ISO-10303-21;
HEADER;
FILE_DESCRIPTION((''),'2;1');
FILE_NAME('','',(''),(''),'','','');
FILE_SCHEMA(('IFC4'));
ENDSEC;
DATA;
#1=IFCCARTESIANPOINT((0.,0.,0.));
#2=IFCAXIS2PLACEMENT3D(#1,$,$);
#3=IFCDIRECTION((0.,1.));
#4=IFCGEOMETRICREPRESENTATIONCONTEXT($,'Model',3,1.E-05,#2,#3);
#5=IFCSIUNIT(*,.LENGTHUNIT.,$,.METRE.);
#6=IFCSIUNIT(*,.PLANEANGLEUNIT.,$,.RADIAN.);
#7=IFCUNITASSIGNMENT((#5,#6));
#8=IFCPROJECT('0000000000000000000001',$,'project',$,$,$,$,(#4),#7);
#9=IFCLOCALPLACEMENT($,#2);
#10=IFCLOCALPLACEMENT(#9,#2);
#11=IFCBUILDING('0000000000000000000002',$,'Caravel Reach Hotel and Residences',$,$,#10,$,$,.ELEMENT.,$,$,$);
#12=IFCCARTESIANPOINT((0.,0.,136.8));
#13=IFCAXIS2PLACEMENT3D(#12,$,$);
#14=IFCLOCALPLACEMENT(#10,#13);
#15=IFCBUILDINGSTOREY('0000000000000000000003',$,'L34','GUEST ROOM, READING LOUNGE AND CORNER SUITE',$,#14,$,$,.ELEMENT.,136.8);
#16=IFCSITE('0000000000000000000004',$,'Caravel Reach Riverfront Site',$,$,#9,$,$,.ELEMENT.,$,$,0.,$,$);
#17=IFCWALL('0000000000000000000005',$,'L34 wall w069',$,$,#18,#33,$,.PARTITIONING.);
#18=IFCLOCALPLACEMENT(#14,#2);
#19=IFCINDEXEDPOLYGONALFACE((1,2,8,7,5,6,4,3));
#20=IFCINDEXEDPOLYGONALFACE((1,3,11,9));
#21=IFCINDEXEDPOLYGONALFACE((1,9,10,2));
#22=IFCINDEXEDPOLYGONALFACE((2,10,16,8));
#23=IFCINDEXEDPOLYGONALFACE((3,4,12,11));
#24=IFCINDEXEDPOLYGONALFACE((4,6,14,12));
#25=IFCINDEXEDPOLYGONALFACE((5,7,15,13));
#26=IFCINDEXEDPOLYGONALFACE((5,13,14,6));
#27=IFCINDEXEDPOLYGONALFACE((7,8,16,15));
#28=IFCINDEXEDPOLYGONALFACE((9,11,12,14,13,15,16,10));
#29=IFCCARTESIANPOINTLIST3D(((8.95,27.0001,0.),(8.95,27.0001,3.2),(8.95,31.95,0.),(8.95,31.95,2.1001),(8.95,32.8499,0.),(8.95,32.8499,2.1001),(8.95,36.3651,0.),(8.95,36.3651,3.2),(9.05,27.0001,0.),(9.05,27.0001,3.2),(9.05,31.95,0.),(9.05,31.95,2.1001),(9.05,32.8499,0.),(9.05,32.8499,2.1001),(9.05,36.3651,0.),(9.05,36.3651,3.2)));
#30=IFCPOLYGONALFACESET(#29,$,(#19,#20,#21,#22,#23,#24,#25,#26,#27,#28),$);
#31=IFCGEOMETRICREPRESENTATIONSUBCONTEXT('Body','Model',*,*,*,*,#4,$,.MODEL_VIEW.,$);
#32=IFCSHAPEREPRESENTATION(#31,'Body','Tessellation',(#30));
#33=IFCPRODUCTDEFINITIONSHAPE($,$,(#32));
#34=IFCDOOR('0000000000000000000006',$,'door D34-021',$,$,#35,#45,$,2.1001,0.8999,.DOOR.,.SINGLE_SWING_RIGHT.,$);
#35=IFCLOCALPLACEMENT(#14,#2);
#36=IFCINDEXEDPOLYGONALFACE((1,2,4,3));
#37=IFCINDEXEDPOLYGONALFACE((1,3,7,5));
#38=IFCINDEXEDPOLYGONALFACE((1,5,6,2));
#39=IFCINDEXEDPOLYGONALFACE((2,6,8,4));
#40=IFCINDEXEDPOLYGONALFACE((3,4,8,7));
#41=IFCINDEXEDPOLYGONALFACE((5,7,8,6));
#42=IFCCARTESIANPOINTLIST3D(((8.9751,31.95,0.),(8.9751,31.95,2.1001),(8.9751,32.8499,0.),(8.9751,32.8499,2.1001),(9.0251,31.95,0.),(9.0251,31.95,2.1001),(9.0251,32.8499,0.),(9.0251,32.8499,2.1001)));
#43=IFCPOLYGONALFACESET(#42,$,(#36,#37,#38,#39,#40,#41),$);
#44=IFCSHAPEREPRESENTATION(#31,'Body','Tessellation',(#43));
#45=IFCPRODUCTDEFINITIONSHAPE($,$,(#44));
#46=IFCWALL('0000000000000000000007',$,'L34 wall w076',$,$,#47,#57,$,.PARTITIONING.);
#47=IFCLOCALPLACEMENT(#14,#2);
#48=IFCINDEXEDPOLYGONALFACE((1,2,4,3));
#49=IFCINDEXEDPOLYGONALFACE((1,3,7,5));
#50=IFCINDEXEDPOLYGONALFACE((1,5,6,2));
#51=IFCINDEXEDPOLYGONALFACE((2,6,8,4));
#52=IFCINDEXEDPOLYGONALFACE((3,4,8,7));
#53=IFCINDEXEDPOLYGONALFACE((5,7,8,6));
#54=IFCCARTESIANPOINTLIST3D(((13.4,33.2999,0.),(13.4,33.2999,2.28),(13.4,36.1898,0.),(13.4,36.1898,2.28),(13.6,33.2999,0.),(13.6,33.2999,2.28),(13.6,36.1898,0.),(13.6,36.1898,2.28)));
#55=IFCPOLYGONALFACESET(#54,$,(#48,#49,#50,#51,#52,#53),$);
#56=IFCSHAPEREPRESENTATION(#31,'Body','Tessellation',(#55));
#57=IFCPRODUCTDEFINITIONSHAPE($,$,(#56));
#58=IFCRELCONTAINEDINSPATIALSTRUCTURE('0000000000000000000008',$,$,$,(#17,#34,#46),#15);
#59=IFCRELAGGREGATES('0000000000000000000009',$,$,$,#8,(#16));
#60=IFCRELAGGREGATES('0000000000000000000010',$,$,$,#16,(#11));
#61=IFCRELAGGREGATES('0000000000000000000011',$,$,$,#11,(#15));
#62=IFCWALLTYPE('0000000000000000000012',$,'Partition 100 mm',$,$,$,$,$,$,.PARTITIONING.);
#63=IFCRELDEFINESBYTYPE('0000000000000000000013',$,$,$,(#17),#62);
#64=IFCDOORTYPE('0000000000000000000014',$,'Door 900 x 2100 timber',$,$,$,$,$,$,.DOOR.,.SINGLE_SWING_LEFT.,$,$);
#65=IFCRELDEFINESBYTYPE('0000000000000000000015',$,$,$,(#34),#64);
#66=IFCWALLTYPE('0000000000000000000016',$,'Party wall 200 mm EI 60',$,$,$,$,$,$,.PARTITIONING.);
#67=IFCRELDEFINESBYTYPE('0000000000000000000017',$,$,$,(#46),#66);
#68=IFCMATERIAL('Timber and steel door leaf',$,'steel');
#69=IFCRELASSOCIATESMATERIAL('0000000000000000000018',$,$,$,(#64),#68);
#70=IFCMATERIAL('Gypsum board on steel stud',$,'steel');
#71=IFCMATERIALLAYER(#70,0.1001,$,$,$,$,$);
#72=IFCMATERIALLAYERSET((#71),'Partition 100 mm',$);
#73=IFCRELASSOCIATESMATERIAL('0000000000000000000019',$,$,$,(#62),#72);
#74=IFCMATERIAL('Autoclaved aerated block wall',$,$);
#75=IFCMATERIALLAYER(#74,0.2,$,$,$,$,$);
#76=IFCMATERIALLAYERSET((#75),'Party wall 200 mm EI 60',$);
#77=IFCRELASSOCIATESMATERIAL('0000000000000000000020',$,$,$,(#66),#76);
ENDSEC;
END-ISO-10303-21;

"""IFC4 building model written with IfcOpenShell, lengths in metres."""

from ifc_helpers import new_model, si_unit, direction, frame, frame_2d, origin, place, context, subcontext, project, spatial, rectangle, extrude, material, layer, layer_set, type_object, element, fill, save


model = new_model("IFC4")

# Units and contexts
model_context = context("Model", 3, precision=1e-05, world=origin(), true_north=direction((0.0, 1.0)))
body_context = subcontext(model_context, "Body", "Model", "MODEL_VIEW")
ifc_project = project(units=[si_unit("LENGTHUNIT", "METRE"), si_unit("PLANEANGLEUNIT", "RADIAN")], contexts=[model_context])

# Site, building, storey
site_placement = place(None, origin())
site = spatial("IfcSite", under=ifc_project, at=site_placement, Name="Caravel Reach Riverfront Site", CompositionType="ELEMENT", RefElevation=0.0)
building_placement = place(site_placement, origin())
building = spatial("IfcBuilding", under=site, at=building_placement, Name="Caravel Reach Hotel and Residences", CompositionType="ELEMENT")
storey_placement = place(building_placement, frame((0.0, 0.0, 136.8)))
storey = spatial("IfcBuildingStorey", under=building, at=storey_placement, Name="L34", Description="GUEST ROOM, READING LOUNGE AND CORNER SUITE", CompositionType="ELEMENT", Elevation=136.8)

# Shared definitions
ifc_material_1 = material(Name="Timber and steel door leaf", Category="steel")
door_type_1 = type_object("IfcDoorType", Name="Door 900 x 2100 timber", OperationType="SINGLE_SWING_LEFT", PredefinedType="DOOR", material=ifc_material_1)

# Shared definitions
ifc_material_2 = material(Name="Gypsum board on steel stud", Category="steel")
ifc_layer_1 = layer(ifc_material_2, 0.1001)
ifc_layer_set_1 = layer_set([ifc_layer_1], Name="Partition 100 mm")
wall_type_1 = type_object("IfcWallType", Name="Partition 100 mm", PredefinedType="PARTITIONING", material=ifc_layer_set_1)

# Wall, opening, door
wall_1_placement = place(storey_placement, frame((9.0, 27.0, 0.0), z_axis=(0.0, 0.0, 1.0), x_axis=(0.0, 1.0, 0.0)))
wall_1 = element("IfcWall", 1, at=wall_1_placement, inside=storey, type_object=wall_type_1, Name="L34 wall w069", PredefinedType="PARTITIONING", context=body_context, shape_type="SweptSolid", body=[
    extrude(rectangle(XDim=9.365, YDim=0.1001, at=frame_2d((4.6826, 0.0))), origin(), (0.0, 0.0, 1.0), 3.2),
])
opening_1_placement = place(wall_1_placement, frame((4.95, 0.0, 0.0)))
opening_1 = element("IfcOpeningElement", 2, at=opening_1_placement, cuts=wall_1, PredefinedType="OPENING", context=body_context, shape_type="SweptSolid", body=[
    extrude(rectangle(XDim=0.8999, YDim=2.1001, at=frame_2d((0.45, 1.05))), frame((0.0, 0.0601, 0.0), z_axis=(0.0, -1.0, 0.0), x_axis=(1.0, 0.0, 0.0)), (0.0, 0.0, 1.0), 0.1201),
])
door_1_placement = place(opening_1_placement, origin())
door_1 = element("IfcDoor", 3, at=door_1_placement, inside=storey, type_object=door_type_1, Name="door D34-021", OperationType="SINGLE_SWING_RIGHT", OverallHeight=2.1001, OverallWidth=0.8999, PredefinedType="DOOR", context=body_context, shape_type="SweptSolid", body=[
    extrude(rectangle(XDim=0.8999, YDim=2.1001, at=frame_2d((0.45, 1.05))), frame((0.0, 0.0249, 0.0), z_axis=(0.0, -1.0, 0.0), x_axis=(1.0, 0.0, 0.0)), (0.0, 0.0, 1.0), 0.05),
])
fill(opening_1, door_1)

# Wall
ifc_material_3 = material(Name="Autoclaved aerated block wall")
ifc_layer_2 = layer(ifc_material_3, 0.2)
ifc_layer_set_2 = layer_set([ifc_layer_2], Name="Party wall 200 mm EI 60")
wall_type_2 = type_object("IfcWallType", Name="Party wall 200 mm EI 60", PredefinedType="PARTITIONING", material=ifc_layer_set_2)
wall_2_placement = place(storey_placement, frame((13.5, 33.3, 0.0), z_axis=(0.0, 0.0, 1.0), x_axis=(0.0, 1.0, 0.0)))
element("IfcWall", 4, at=wall_2_placement, inside=storey, type_object=wall_type_2, Name="L34 wall w076", PredefinedType="PARTITIONING", context=body_context, shape_type="SweptSolid", body=[
    extrude(rectangle(XDim=2.8899, YDim=0.2, at=frame_2d((1.4448, 0.0))), origin(), (0.0, 0.0, 1.0), 2.28),
])

save(model, "model.ifc")
